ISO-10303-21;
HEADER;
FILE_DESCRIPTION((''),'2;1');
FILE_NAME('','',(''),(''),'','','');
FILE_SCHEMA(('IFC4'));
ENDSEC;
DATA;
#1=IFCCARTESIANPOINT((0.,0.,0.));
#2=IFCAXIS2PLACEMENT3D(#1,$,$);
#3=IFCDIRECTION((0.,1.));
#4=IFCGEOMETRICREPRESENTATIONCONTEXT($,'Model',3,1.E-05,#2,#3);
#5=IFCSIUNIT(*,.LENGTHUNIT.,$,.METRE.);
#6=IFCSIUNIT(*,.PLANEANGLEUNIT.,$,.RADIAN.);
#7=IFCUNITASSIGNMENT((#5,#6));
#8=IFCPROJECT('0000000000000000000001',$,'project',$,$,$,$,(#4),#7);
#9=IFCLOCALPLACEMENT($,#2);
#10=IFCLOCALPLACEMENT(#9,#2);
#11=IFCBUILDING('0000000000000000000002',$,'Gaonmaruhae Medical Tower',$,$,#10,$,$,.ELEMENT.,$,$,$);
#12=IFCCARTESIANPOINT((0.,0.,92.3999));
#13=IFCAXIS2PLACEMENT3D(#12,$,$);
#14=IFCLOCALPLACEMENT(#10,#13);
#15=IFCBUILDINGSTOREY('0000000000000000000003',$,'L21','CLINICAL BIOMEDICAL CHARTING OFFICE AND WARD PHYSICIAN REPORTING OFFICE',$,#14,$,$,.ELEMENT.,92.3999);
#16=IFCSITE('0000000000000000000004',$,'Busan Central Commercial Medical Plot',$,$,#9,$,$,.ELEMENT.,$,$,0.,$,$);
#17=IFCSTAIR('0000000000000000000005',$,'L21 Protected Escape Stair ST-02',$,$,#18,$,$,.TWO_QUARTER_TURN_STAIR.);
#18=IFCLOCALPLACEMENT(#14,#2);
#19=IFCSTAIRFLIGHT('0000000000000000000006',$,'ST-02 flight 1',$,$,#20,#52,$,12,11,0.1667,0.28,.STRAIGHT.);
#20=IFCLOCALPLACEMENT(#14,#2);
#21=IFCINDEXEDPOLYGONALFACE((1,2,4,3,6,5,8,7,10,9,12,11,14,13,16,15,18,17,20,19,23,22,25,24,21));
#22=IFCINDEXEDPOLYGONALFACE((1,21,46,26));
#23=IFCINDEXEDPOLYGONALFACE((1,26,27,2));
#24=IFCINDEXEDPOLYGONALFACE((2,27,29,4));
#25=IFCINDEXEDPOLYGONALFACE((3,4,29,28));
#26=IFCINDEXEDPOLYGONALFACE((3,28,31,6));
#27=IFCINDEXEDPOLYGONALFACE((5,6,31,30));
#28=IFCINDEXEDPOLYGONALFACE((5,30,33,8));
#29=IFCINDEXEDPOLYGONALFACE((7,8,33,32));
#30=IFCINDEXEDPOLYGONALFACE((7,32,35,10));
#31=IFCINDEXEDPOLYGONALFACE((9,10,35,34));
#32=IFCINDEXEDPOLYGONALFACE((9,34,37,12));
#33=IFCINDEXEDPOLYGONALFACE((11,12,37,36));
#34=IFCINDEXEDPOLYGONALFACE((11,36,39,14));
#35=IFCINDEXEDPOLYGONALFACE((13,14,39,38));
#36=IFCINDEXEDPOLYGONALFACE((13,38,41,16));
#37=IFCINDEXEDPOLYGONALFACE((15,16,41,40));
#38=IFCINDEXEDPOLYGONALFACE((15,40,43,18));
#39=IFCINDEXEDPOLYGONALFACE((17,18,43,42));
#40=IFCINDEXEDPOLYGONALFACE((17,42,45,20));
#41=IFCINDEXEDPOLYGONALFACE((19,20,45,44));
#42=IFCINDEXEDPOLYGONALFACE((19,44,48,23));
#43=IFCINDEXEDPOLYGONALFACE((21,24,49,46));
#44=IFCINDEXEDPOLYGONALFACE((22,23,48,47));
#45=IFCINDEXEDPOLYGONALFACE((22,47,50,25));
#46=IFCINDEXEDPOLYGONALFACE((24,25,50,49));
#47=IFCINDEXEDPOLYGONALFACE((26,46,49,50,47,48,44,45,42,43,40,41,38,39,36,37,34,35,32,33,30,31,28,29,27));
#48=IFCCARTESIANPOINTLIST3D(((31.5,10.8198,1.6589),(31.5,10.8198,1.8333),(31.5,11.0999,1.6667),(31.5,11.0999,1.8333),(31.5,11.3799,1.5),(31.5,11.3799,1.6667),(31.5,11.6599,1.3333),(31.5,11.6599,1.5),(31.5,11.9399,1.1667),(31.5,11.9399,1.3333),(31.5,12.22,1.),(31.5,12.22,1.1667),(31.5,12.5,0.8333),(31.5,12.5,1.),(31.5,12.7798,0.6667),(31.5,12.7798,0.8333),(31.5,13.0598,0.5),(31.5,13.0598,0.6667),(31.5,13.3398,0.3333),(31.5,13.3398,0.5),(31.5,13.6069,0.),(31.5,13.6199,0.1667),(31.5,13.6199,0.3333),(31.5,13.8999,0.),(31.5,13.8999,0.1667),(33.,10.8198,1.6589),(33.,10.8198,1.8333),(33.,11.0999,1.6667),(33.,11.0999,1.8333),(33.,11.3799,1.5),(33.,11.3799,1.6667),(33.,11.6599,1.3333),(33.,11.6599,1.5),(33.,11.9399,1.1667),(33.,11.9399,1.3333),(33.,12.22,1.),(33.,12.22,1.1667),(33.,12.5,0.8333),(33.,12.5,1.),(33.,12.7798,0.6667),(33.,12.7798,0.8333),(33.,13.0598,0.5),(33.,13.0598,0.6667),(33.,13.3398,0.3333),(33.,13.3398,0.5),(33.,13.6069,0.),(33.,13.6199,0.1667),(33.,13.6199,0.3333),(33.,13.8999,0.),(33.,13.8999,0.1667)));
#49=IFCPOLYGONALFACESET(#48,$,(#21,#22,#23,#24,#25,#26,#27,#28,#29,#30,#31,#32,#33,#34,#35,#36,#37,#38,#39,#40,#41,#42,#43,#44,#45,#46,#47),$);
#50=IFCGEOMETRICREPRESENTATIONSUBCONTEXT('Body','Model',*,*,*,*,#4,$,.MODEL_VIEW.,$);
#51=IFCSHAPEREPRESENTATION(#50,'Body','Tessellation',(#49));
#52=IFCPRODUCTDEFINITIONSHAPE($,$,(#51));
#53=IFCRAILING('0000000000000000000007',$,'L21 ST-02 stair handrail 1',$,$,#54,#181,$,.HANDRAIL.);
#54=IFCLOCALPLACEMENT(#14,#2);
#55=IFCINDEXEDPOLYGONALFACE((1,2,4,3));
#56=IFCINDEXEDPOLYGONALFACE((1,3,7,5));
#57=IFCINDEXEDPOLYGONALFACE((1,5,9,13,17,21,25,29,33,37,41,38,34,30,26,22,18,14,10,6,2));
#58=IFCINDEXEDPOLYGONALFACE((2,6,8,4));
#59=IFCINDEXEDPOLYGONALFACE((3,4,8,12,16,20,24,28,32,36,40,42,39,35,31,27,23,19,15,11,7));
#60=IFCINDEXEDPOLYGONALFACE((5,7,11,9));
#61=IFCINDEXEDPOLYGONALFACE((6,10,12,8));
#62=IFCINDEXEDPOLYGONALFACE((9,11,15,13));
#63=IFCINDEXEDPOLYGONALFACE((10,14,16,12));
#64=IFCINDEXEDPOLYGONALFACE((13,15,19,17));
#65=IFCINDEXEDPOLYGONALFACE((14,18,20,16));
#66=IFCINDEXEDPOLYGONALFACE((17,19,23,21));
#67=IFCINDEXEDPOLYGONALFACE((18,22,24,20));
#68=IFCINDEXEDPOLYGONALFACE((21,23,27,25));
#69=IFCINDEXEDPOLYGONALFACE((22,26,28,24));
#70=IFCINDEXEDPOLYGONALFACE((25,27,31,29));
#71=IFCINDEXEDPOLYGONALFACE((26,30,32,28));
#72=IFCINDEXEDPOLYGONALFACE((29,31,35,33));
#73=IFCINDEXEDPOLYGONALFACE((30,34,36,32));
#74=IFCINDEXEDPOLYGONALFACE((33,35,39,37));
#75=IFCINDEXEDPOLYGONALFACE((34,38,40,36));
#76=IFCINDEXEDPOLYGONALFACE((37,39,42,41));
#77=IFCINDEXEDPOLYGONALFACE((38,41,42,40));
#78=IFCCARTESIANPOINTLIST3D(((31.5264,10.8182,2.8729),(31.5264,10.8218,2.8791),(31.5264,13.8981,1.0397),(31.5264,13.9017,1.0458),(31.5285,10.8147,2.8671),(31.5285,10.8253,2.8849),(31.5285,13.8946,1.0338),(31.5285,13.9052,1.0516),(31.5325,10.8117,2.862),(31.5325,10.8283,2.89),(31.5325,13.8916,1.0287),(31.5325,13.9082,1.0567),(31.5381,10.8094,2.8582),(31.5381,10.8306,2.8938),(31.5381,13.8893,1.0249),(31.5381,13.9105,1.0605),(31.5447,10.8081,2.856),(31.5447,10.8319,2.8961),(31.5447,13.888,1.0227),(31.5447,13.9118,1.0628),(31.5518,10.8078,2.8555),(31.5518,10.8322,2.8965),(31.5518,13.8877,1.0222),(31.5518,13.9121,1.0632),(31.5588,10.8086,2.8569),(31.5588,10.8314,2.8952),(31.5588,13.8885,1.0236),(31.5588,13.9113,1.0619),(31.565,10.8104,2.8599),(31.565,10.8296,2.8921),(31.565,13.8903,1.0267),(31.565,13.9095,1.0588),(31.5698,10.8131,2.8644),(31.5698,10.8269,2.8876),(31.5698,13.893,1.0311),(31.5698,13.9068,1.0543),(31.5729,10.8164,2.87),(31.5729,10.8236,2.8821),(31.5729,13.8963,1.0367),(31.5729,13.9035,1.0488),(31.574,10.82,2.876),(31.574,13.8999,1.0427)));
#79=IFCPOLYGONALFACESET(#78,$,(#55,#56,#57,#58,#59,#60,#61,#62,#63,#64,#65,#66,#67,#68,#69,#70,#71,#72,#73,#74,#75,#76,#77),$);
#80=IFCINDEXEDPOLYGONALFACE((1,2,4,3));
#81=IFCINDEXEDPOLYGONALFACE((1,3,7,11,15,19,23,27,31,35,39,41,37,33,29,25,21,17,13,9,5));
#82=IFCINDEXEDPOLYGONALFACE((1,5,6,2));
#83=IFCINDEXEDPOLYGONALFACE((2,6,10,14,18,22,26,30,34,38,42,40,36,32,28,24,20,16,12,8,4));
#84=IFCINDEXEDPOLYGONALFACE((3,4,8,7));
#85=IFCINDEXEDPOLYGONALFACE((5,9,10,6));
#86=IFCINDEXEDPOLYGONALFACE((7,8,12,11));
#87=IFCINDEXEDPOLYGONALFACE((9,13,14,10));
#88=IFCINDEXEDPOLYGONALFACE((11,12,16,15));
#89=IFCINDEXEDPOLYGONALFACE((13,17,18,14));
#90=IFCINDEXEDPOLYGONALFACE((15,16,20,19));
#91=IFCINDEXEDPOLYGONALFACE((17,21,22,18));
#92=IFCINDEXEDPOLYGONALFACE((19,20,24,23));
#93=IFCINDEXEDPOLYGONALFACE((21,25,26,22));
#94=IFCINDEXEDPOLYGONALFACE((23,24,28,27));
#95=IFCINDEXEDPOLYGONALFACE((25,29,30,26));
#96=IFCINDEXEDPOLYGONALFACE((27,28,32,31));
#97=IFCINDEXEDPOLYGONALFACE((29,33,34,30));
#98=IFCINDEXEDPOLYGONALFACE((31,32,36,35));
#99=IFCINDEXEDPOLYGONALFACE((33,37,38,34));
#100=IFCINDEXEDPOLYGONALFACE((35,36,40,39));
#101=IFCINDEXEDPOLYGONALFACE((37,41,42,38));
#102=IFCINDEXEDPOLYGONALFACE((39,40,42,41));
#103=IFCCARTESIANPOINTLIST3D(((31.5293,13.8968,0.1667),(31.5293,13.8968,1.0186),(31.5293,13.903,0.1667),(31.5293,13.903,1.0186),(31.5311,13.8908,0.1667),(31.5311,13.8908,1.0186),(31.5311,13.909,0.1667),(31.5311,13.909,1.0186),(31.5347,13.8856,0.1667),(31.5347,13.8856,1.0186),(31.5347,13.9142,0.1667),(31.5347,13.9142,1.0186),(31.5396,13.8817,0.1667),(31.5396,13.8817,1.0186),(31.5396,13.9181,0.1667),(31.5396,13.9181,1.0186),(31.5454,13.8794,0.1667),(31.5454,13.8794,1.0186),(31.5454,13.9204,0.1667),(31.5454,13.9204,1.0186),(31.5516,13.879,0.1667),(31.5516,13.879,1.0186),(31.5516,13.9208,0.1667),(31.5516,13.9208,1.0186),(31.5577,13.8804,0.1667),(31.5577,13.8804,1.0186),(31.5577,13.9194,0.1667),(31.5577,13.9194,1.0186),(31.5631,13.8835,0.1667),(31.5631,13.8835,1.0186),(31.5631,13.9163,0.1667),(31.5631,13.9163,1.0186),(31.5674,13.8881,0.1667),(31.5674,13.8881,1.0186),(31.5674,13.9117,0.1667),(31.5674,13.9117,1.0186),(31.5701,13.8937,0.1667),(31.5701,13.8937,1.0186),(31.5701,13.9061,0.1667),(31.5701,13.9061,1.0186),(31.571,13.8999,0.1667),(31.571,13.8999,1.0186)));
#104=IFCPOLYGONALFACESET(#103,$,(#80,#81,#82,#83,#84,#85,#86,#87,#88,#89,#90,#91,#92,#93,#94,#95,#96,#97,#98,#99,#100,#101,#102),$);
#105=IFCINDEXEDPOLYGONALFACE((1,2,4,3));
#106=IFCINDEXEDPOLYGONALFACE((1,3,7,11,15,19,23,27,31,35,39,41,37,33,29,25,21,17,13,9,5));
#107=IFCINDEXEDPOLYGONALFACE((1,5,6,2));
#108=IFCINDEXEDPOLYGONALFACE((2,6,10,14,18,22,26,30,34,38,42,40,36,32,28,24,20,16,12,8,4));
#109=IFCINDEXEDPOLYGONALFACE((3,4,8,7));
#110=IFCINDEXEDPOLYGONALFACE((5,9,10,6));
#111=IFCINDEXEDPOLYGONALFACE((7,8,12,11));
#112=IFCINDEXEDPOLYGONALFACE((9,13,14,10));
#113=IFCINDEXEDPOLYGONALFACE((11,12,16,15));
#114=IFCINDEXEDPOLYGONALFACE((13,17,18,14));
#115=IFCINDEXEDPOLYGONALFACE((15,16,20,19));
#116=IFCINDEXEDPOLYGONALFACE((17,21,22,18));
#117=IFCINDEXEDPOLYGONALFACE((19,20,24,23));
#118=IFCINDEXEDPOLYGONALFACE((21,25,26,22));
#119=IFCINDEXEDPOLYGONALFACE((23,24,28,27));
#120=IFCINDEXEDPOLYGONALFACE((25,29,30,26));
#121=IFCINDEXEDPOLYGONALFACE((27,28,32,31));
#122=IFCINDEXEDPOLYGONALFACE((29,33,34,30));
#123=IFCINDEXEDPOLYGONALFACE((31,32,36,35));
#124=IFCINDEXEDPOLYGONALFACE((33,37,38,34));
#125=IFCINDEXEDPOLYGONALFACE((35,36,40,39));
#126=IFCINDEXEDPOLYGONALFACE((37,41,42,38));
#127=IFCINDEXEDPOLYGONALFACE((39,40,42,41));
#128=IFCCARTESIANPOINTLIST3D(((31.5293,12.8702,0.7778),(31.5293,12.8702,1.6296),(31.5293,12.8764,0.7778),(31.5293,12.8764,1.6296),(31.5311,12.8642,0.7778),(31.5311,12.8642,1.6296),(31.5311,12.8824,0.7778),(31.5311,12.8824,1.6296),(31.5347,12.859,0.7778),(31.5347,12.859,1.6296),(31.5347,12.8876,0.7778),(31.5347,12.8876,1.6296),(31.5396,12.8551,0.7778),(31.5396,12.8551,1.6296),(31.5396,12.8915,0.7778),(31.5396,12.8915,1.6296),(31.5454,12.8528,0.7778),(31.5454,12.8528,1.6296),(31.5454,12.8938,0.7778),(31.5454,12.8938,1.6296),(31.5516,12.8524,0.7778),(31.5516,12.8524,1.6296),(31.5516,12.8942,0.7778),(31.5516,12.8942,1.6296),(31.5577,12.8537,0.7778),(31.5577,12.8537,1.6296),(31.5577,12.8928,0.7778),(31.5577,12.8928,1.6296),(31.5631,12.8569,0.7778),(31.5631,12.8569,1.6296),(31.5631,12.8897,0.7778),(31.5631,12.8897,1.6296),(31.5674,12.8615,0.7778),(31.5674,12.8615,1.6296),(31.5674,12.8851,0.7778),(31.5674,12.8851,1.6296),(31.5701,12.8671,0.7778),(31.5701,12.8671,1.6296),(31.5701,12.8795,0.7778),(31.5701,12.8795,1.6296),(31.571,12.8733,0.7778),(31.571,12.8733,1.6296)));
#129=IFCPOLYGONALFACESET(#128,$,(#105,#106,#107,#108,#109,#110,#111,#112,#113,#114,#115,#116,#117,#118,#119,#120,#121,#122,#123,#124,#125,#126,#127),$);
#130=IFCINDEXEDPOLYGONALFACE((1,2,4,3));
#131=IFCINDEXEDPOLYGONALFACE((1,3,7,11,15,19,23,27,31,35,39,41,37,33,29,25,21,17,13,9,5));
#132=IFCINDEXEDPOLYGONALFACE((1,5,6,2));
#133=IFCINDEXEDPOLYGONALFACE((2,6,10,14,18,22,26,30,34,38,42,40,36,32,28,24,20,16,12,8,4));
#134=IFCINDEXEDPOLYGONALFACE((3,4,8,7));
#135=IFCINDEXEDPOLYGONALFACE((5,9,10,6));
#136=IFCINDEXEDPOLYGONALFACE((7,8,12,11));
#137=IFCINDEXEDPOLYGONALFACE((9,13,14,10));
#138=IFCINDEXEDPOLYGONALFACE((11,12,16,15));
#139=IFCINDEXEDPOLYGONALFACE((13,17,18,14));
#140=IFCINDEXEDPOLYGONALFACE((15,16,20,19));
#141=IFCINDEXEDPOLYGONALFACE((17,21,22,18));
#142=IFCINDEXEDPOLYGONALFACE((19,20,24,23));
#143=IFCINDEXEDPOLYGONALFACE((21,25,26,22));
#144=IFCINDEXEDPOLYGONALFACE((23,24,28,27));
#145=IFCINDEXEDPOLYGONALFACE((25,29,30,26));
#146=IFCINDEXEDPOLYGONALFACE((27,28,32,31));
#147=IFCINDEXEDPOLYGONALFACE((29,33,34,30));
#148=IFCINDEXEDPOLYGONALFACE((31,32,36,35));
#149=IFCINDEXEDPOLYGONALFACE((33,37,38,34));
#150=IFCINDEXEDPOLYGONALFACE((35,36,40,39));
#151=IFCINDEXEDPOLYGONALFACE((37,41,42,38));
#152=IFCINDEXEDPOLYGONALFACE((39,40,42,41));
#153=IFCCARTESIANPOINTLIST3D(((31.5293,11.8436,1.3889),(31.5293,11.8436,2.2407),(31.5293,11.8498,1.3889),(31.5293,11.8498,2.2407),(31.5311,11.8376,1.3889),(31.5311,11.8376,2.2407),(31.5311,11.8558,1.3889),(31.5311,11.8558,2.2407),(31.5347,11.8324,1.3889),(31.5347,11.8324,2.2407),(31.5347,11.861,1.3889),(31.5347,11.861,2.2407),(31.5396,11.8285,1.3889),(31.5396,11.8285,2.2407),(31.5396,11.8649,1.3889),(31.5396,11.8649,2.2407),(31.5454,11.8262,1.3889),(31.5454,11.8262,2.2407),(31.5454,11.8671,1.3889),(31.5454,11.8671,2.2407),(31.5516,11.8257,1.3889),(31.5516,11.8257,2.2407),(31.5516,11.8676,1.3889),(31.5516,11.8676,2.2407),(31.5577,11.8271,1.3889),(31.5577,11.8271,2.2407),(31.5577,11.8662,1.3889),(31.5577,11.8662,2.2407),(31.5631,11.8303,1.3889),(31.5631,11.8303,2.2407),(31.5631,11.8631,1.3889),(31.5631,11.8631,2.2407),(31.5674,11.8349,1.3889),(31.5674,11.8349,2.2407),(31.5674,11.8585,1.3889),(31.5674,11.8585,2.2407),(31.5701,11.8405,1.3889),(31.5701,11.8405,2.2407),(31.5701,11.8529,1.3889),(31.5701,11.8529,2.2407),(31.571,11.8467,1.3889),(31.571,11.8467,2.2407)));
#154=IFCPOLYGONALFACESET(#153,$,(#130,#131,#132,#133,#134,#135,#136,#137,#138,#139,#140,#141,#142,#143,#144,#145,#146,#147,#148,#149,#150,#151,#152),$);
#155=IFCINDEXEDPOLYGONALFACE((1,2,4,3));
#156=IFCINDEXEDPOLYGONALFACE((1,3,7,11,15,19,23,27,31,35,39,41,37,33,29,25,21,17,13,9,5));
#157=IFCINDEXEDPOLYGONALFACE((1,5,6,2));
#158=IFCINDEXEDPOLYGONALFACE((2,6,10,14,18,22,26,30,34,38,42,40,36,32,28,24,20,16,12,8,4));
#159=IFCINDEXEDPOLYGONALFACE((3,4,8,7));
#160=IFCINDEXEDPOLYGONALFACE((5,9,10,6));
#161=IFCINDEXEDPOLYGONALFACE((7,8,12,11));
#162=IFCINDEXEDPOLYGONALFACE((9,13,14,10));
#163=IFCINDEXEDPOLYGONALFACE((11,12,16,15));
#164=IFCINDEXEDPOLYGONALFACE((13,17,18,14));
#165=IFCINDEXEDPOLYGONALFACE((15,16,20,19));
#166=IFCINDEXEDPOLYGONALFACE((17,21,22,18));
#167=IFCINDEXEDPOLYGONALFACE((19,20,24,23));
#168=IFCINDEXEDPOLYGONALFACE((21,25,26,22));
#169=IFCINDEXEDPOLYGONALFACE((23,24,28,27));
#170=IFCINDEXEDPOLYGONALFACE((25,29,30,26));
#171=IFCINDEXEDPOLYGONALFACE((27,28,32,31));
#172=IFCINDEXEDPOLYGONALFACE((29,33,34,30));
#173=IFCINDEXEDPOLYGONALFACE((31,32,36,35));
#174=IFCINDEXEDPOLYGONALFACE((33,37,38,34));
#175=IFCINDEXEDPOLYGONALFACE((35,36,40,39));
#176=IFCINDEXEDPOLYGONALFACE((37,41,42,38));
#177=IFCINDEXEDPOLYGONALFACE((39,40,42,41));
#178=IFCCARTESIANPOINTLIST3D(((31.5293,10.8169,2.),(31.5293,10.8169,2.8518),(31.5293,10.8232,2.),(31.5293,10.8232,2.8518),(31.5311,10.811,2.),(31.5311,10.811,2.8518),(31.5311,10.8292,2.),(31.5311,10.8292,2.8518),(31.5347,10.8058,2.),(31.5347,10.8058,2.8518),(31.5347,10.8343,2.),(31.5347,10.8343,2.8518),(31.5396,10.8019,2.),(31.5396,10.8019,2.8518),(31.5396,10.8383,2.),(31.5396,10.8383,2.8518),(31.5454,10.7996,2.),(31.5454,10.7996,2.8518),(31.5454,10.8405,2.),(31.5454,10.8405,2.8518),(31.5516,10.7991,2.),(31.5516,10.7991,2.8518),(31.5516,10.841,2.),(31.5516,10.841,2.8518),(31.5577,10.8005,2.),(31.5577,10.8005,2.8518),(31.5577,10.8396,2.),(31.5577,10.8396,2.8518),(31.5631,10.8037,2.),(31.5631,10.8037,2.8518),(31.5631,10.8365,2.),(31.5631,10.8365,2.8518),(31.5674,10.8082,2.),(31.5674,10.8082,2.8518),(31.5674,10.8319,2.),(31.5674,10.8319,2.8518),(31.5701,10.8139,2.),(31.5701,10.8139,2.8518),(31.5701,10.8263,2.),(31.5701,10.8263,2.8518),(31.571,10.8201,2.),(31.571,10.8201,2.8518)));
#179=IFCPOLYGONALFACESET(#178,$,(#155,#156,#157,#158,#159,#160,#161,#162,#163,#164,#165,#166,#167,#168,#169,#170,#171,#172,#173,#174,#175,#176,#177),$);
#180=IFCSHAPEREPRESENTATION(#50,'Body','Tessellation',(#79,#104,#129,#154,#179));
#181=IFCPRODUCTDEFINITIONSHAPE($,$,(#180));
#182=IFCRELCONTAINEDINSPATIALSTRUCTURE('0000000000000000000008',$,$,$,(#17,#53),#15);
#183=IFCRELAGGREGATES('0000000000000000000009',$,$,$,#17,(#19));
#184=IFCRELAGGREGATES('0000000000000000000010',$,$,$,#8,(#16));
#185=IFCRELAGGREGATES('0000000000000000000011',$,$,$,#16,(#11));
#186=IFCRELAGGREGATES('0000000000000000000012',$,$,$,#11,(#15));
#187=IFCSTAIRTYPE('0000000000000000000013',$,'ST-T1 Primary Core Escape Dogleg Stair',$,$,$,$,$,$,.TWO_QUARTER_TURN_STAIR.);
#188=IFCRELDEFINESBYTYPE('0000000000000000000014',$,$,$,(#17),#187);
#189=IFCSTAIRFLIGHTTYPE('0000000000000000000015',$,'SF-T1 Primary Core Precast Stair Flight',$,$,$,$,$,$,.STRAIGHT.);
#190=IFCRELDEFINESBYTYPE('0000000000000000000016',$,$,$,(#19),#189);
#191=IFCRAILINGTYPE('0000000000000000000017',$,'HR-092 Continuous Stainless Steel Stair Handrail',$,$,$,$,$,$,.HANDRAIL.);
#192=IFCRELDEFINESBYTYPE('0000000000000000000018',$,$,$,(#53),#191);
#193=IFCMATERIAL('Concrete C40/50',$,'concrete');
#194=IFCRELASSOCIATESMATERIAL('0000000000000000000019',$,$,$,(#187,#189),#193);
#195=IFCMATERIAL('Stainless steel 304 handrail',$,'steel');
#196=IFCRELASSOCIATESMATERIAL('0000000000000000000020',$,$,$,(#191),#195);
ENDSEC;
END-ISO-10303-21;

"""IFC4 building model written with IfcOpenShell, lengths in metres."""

from ifc_helpers import new_model, si_unit, direction, frame, origin, origin_2d, place, context, subcontext, project, spatial, polyline, circle, outline, extrude, material, type_object, element, aggregate, save


model = new_model("IFC4")

# Units and contexts
model_context = context("Model", 3, precision=1e-05, world=origin(), true_north=direction((0.0, 1.0)))
body_context = subcontext(model_context, "Body", "Model", "MODEL_VIEW")
ifc_project = project(units=[si_unit("LENGTHUNIT", "METRE"), si_unit("PLANEANGLEUNIT", "RADIAN")], contexts=[model_context])

# Site, building, storey
site_placement = place(None, origin())
site = spatial("IfcSite", under=ifc_project, at=site_placement, Name="Busan Central Commercial Medical Plot", CompositionType="ELEMENT", RefElevation=0.0)
building_placement = place(site_placement, origin())
building = spatial("IfcBuilding", under=site, at=building_placement, Name="Gaonmaruhae Medical Tower", CompositionType="ELEMENT")
storey_placement = place(building_placement, frame((0.0, 0.0, 92.3999)))
storey = spatial("IfcBuildingStorey", under=building, at=storey_placement, Name="L21", Description="CLINICAL BIOMEDICAL CHARTING OFFICE AND WARD PHYSICIAN REPORTING OFFICE", CompositionType="ELEMENT", Elevation=92.3999)

# Stair, stair flight
ifc_material_1 = material(Name="Concrete C40/50", Category="concrete")
stair_type = type_object("IfcStairType", Name="ST-T1 Primary Core Escape Dogleg Stair", PredefinedType="TWO_QUARTER_TURN_STAIR", material=ifc_material_1)
stair_placement = place(storey_placement, origin())
stair = element("IfcStair", 1, at=stair_placement, inside=storey, type_object=stair_type, Name="L21 Protected Escape Stair ST-02", PredefinedType="TWO_QUARTER_TURN_STAIR")
stair_flight_type = type_object("IfcStairFlightType", Name="SF-T1 Primary Core Precast Stair Flight", PredefinedType="STRAIGHT", material=ifc_material_1)
stair_flight_placement = place(storey_placement, frame((32.25, 13.8999, 0.0), z_axis=(0.0, 0.0, 1.0), x_axis=(0.0, -1.0, 0.0)))
stair_flight = element("IfcStairFlight", 2, at=stair_flight_placement, type_object=stair_flight_type, Name="ST-02 flight 1", NumberOfRisers=12, NumberOfTreads=11, PredefinedType="STRAIGHT", RiserHeight=0.1667, TreadLength=0.28, context=body_context, shape_type="SweptSolid", body=[
    extrude(outline(polyline([(0.0, 0.0), (0.0, 0.1667), (0.28, 0.1667), (0.28, 0.3333), (0.5601, 0.3333), (0.5601, 0.5), (0.8401, 0.5), (0.8401, 0.6667), (1.1201, 0.6667), (1.1201, 0.8333), (1.3999, 0.8333), (1.3999, 1.0), (1.6799, 1.0), (1.6799, 1.1667), (1.96, 1.1667), (1.96, 1.3333), (2.24, 1.3333), (2.24, 1.5), (2.52, 1.5), (2.52, 1.6667), (2.8, 1.6667), (2.8, 1.8333), (3.0801, 1.8333), (3.0801, 2.0), (3.0801, 1.6589), (0.293, 0.0), (0.0, 0.0)])), frame((0.0, 0.75, 0.0), z_axis=(0.0, -1.0, 0.0), x_axis=(1.0, 0.0, 0.0)), (0.0, 0.0, 1.0), 1.5),
])
aggregate(stair, [stair_flight])

# Railing
ifc_material_2 = material(Name="Stainless steel 304 handrail", Category="steel")
railing_type_1 = type_object("IfcRailingType", Name="HR-092 Continuous Stainless Steel Stair Handrail", PredefinedType="HANDRAIL", material=ifc_material_2)
railing_1_placement = place(storey_placement, frame((31.55, 13.8999, 0.1667)))
element("IfcRailing", 3, at=railing_1_placement, inside=storey, type_object=railing_type_1, Name="L21 ST-02 stair handrail 1", PredefinedType="HANDRAIL", context=body_context, shape_type="SweptSolid", body=[
    extrude(circle(Radius=0.0239, at=origin_2d()), frame((0.0, 0.0, 0.876), z_axis=(0.0, -0.859291, 0.511487), x_axis=(1.0, 0.0, 0.0)), (0.0, 0.0, 1.0), 3.5842),
    extrude(circle(Radius=0.021, at=origin_2d()), origin(), (0.0, 0.0, 1.0), 0.8518),
    extrude(circle(Radius=0.021, at=origin_2d()), frame((0.0, -1.0266, 0.6111)), (0.0, 0.0, 1.0), 0.8518),
    extrude(circle(Radius=0.021, at=origin_2d()), frame((0.0, -2.0532, 1.2222)), (0.0, 0.0, 1.0), 0.8518),
    extrude(circle(Radius=0.021, at=origin_2d()), frame((0.0, -3.0798, 1.8333)), (0.0, 0.0, 1.0), 0.8518),
])

save(model, "model.ifc")
